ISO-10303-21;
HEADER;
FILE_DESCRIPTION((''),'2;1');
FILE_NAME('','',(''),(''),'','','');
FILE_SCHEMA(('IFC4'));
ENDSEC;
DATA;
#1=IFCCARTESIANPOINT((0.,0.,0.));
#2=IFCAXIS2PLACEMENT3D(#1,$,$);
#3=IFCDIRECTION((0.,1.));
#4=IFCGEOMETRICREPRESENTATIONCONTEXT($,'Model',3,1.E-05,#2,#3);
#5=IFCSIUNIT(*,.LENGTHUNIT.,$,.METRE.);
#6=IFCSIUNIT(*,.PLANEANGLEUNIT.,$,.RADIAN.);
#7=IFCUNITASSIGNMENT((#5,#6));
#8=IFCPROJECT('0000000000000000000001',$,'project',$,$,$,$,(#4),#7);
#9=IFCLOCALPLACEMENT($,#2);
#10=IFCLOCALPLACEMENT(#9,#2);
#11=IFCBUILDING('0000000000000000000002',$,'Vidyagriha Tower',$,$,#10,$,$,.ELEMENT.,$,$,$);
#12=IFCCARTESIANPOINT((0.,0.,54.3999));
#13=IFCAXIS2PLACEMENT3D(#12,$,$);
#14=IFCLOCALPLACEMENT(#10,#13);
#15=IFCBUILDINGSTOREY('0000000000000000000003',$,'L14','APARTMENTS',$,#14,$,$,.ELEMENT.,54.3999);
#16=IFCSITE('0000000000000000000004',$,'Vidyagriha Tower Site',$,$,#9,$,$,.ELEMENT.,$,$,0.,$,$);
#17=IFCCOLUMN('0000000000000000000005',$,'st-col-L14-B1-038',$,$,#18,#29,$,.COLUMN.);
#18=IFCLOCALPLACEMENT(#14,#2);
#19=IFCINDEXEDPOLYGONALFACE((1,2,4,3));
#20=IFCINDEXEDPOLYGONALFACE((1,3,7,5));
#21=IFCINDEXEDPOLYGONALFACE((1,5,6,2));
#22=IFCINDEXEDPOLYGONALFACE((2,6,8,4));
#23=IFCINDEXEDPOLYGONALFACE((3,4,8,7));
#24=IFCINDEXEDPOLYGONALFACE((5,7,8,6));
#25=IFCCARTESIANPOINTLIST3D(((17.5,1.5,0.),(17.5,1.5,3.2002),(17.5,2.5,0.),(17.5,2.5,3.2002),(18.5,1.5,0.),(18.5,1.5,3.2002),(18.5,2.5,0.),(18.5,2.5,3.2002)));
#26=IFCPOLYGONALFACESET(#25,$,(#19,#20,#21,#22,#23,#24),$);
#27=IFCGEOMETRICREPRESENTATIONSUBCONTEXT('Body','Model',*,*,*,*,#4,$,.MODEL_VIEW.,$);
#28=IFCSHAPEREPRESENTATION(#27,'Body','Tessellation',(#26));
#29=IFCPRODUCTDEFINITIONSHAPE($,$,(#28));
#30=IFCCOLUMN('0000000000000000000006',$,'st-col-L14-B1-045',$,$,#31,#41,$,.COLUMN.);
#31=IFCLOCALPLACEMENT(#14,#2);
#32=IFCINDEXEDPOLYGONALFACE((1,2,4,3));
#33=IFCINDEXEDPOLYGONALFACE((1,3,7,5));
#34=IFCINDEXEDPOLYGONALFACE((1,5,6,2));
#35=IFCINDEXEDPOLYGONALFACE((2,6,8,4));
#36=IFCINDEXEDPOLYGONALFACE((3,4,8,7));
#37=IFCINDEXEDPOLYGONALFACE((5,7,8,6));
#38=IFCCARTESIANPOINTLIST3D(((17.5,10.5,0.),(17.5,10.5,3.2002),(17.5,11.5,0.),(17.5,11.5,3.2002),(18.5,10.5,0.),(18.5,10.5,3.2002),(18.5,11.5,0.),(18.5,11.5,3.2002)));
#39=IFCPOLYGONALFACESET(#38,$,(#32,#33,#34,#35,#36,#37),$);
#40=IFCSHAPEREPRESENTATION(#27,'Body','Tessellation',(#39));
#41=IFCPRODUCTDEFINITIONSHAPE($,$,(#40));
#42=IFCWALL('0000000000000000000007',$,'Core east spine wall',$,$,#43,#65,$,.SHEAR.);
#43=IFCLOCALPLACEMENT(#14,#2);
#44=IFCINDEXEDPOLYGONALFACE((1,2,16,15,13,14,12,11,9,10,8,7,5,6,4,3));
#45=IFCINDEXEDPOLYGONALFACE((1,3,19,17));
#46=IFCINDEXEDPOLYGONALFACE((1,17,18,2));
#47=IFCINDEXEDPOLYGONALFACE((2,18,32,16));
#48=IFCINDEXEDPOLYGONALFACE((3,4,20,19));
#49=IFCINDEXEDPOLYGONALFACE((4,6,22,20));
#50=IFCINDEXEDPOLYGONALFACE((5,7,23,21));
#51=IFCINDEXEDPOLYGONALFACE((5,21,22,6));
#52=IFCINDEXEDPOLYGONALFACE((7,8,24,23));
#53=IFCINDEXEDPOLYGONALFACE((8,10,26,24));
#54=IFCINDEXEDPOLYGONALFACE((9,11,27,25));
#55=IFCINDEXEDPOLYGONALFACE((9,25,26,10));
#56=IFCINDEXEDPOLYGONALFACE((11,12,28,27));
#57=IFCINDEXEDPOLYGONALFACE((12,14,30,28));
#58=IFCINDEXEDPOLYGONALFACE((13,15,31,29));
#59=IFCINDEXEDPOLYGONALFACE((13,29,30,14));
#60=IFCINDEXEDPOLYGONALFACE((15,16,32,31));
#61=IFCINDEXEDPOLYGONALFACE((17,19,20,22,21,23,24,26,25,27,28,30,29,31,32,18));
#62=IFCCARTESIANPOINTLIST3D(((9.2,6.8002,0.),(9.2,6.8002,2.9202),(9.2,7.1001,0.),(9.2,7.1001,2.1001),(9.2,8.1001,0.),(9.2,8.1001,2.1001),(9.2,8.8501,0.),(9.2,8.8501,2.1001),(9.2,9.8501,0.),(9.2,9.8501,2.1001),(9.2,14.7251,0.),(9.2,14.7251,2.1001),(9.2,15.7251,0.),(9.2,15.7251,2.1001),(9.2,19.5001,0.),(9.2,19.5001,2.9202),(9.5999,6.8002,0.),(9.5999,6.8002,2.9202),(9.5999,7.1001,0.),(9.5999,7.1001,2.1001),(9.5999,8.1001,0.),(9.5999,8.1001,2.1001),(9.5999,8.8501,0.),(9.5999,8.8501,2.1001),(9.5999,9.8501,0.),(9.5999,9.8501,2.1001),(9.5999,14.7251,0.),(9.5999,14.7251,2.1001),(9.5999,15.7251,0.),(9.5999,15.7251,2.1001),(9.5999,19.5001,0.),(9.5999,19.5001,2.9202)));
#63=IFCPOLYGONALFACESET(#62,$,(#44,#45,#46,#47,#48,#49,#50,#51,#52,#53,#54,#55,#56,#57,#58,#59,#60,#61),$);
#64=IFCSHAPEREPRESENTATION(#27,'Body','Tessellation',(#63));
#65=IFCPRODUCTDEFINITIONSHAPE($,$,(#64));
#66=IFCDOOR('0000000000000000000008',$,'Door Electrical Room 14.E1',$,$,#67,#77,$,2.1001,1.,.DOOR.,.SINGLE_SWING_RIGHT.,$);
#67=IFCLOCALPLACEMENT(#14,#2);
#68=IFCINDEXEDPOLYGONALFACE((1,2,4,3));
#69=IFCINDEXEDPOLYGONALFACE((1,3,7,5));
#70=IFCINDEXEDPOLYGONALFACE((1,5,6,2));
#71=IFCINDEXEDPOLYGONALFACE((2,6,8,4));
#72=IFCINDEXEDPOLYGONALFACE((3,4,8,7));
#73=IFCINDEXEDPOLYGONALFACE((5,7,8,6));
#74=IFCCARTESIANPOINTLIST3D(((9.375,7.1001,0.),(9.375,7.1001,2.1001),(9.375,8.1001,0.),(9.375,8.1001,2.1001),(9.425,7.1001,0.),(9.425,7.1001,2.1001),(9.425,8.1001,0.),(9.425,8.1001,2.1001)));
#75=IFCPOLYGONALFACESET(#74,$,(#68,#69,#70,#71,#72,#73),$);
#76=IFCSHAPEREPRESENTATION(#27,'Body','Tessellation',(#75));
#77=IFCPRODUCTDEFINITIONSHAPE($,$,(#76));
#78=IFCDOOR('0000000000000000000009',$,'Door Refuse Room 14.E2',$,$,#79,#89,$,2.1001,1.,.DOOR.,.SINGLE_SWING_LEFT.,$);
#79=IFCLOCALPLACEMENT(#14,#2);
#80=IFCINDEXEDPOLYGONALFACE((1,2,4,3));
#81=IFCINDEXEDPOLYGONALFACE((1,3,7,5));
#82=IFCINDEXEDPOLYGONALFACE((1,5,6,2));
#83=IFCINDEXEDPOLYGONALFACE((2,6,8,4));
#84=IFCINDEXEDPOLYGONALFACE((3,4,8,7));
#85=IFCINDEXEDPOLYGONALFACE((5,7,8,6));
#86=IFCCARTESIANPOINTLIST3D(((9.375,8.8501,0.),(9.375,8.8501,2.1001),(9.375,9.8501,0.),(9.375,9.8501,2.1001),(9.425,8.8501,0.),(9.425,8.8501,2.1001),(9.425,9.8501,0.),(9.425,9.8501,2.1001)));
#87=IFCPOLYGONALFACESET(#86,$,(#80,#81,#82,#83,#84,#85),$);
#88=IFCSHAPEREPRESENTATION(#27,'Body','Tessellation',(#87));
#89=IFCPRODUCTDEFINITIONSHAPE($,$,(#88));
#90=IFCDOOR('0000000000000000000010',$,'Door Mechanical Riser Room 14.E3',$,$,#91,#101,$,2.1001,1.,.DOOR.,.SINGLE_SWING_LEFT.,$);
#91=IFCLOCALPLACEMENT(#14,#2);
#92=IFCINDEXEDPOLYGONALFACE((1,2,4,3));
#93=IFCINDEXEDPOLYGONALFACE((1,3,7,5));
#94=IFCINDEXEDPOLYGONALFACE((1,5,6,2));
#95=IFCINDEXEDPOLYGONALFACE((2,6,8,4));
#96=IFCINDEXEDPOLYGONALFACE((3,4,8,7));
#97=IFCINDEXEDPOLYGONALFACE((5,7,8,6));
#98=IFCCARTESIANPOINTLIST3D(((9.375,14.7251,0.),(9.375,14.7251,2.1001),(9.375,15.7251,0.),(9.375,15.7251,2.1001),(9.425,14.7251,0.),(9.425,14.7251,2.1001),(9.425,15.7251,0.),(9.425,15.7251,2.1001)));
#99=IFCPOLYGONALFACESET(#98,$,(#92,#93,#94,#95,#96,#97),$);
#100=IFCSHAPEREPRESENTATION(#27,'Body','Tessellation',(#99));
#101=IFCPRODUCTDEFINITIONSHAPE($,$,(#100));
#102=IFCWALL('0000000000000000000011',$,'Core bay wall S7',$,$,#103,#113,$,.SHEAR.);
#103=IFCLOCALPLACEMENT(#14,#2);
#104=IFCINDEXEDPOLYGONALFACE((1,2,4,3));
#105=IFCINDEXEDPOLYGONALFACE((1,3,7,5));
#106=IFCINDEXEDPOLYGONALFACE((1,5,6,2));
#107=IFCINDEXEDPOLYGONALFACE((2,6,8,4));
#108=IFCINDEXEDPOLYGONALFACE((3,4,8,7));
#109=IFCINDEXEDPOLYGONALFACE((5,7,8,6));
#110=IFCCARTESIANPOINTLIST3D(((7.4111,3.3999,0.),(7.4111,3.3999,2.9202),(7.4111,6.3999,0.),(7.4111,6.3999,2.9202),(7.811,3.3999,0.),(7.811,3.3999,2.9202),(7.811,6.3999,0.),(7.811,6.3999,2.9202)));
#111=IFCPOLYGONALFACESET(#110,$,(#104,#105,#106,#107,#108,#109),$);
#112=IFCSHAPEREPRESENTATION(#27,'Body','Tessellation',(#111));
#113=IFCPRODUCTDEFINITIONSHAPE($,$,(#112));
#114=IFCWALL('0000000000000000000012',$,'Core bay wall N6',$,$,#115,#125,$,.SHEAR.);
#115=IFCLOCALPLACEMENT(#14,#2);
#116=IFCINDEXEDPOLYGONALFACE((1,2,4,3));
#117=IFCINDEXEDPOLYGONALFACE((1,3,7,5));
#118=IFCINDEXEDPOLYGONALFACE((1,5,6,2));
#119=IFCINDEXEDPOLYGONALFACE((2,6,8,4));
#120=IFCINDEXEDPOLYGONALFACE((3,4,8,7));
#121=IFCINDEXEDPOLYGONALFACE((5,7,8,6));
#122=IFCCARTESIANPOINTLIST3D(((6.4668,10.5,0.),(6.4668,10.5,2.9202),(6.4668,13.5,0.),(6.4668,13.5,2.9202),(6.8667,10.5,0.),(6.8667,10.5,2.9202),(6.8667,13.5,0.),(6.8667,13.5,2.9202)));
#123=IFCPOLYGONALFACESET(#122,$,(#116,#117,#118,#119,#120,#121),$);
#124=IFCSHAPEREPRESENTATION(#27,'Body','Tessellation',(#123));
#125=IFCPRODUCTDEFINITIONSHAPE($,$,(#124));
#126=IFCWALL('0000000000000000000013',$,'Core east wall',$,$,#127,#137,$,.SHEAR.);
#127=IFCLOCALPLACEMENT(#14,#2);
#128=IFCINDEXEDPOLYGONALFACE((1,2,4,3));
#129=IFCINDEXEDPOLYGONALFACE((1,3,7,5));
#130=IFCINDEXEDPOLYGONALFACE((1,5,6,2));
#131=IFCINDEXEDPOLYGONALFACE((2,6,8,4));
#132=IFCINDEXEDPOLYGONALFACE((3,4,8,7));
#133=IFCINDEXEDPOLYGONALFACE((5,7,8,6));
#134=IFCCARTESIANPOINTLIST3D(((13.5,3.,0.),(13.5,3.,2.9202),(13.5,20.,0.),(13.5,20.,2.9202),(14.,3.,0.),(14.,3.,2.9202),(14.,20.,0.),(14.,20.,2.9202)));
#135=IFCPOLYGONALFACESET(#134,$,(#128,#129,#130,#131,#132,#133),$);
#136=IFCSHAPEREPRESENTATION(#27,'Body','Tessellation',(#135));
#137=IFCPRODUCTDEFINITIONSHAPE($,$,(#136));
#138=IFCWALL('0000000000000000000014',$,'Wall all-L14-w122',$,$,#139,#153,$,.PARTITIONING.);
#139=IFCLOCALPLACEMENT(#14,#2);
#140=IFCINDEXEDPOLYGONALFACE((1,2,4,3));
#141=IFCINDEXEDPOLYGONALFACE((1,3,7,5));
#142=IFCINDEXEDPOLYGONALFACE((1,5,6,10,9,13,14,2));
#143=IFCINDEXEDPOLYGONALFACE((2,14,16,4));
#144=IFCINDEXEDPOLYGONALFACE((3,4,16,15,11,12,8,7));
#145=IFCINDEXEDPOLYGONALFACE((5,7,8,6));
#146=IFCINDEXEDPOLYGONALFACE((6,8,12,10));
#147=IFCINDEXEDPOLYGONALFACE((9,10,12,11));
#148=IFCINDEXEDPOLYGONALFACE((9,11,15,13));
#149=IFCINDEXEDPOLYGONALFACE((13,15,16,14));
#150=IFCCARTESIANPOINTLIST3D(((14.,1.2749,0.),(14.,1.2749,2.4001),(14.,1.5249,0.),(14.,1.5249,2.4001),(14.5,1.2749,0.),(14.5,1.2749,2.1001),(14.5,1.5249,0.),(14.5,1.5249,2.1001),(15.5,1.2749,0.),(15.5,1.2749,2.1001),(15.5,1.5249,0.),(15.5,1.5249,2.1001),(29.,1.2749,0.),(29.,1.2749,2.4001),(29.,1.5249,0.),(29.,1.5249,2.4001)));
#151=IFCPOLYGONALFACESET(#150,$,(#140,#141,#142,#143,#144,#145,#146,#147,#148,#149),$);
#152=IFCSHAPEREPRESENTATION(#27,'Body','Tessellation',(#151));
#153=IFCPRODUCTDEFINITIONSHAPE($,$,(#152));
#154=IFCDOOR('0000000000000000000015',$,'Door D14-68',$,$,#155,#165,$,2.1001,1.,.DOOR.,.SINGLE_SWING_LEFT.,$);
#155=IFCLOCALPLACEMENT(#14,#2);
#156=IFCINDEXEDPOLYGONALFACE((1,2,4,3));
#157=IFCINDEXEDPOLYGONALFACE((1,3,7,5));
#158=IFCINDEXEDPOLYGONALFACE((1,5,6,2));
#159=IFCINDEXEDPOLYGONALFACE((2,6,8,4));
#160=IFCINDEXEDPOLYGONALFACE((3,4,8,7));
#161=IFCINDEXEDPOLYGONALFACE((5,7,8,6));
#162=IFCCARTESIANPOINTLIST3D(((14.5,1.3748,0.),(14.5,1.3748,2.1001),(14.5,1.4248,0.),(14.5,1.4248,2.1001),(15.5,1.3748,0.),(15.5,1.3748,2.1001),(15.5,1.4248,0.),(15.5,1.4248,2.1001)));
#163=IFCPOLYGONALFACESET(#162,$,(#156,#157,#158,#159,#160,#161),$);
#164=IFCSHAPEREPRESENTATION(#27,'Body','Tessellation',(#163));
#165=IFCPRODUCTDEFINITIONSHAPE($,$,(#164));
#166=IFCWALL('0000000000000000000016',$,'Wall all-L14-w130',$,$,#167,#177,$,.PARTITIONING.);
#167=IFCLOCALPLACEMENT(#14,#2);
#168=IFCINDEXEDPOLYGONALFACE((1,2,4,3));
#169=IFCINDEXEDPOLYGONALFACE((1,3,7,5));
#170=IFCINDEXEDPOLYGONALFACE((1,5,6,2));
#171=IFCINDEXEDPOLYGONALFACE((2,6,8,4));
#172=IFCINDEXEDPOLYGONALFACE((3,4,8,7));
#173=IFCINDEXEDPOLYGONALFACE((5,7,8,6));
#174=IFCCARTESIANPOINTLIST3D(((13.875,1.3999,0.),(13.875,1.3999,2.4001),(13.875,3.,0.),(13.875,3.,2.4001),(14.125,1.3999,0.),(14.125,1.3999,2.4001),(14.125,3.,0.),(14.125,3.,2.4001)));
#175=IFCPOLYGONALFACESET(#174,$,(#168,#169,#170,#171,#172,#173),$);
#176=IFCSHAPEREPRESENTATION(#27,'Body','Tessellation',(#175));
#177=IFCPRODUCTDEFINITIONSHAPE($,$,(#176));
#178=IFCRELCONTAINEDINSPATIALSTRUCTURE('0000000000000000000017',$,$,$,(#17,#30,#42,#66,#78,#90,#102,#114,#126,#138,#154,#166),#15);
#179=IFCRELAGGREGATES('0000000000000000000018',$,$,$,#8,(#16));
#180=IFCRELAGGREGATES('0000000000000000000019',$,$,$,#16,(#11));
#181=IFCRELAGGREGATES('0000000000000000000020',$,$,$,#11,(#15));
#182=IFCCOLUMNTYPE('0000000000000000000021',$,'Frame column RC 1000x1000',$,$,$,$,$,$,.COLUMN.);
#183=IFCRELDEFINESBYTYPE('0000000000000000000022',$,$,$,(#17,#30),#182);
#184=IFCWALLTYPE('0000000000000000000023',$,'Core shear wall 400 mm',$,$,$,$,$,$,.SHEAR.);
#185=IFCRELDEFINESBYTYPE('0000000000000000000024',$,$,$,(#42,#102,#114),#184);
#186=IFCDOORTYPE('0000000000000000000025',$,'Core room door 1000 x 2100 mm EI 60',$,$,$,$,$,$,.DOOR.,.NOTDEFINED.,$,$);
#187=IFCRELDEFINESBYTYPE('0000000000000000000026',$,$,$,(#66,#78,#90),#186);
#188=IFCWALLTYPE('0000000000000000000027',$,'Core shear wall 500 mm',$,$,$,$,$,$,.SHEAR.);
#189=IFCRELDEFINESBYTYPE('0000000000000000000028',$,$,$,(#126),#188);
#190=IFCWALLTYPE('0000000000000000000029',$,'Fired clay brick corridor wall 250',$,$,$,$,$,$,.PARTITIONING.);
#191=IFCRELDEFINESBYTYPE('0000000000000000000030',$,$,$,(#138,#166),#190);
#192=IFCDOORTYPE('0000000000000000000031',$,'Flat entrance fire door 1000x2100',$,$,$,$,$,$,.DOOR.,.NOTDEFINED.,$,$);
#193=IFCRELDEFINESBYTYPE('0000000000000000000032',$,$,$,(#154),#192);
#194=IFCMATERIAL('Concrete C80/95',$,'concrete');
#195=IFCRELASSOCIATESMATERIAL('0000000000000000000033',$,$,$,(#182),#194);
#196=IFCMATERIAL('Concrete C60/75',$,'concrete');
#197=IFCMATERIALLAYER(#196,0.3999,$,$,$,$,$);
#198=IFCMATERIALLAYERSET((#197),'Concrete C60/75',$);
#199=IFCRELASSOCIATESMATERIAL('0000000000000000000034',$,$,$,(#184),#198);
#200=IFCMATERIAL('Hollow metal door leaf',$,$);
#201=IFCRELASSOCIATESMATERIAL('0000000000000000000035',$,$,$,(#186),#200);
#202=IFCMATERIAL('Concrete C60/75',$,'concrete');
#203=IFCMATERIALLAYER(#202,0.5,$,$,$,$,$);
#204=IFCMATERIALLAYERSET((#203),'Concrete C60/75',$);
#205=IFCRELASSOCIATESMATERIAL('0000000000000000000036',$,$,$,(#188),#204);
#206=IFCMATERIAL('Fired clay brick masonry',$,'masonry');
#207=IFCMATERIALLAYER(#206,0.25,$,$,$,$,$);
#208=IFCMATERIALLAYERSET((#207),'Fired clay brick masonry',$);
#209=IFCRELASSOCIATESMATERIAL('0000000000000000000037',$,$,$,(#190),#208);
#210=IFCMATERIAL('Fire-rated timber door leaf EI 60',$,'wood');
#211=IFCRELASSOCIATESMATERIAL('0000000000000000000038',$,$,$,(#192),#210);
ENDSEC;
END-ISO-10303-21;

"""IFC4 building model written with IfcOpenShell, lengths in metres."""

from ifc_helpers import new_model, si_unit, direction, frame, frame_2d, origin, origin_2d, place, context, subcontext, project, spatial, rectangle, extrude, material, layer, layer_set, material_profile, profile_set, type_object, element, fill, save


model = new_model("IFC4")

# Units and contexts
model_context = context("Model", 3, precision=1e-05, world=origin(), true_north=direction((0.0, 1.0)))
body_context = subcontext(model_context, "Body", "Model", "MODEL_VIEW")
ifc_project = project(units=[si_unit("LENGTHUNIT", "METRE"), si_unit("PLANEANGLEUNIT", "RADIAN")], contexts=[model_context])

# Site, building, storey
site_placement = place(None, origin())
site = spatial("IfcSite", under=ifc_project, at=site_placement, Name="Vidyagriha Tower Site", CompositionType="ELEMENT", RefElevation=0.0)
building_placement = place(site_placement, origin())
building = spatial("IfcBuilding", under=site, at=building_placement, Name="Vidyagriha Tower", CompositionType="ELEMENT")
storey_placement = place(building_placement, frame((0.0, 0.0, 54.3999)))
storey = spatial("IfcBuildingStorey", under=building, at=storey_placement, Name="L14", Description="APARTMENTS", CompositionType="ELEMENT", Elevation=54.3999)

# Columns
ifc_material_1 = material(Name="Concrete C80/95", Category="concrete")
ifc_material_profile = material_profile(ifc_material_1, rectangle(XDim=1.0, YDim=1.0, at=origin_2d()), Name="RC 1000x1000")
ifc_profile_set = profile_set([ifc_material_profile], Name="Concrete C80/95")
column_type = type_object("IfcColumnType", Name="Frame column RC 1000x1000", PredefinedType="COLUMN", material=ifc_profile_set)
for number, where, name in (
    (1, (18.0, 2.0, 0.0), "st-col-L14-B1-038"),
    (2, (18.0, 11.0, 0.0), "st-col-L14-B1-045"),
):
    element("IfcColumn", number, at=place(storey_placement, frame(where)), inside=storey, type_object=column_type, Name=name, PredefinedType="COLUMN", context=body_context, shape_type="SweptSolid", body=[
        extrude(rectangle(XDim=1.0, YDim=1.0, at=origin_2d()), origin(), (0.0, 0.0, 1.0), 3.2002),
    ])

# Wall, openings, doors
ifc_material_2 = material(Name="Concrete C60/75", Category="concrete")
ifc_layer_1 = layer(ifc_material_2, 0.3999)
ifc_layer_set_1 = layer_set([ifc_layer_1], Name="Concrete C60/75")
wall_type_1 = type_object("IfcWallType", Name="Core shear wall 400 mm", PredefinedType="SHEAR", material=ifc_layer_set_1)
wall_1_placement = place(storey_placement, frame((9.3999, 6.8, 0.0), z_axis=(0.0, 0.0, 1.0), x_axis=(0.0, 1.0, 0.0)))
wall_1 = element("IfcWall", 3, at=wall_1_placement, inside=storey, type_object=wall_type_1, Name="Core east spine wall", PredefinedType="SHEAR", context=body_context, shape_type="SweptSolid", body=[
    extrude(rectangle(XDim=12.7, YDim=0.3999, at=frame_2d((6.3501, 0.0))), origin(), (0.0, 0.0, 1.0), 2.9202),
])
opening_1_placement = place(wall_1_placement, frame((0.3, 0.0, 0.0)))
opening_1 = element("IfcOpeningElement", 4, at=opening_1_placement, cuts=wall_1, PredefinedType="OPENING", context=body_context, shape_type="SweptSolid", body=[
    extrude(rectangle(XDim=1.0, YDim=2.1001, at=frame_2d((0.5, 1.05))), frame((0.0, 0.21, 0.0), z_axis=(0.0, -1.0, 0.0), x_axis=(1.0, 0.0, 0.0)), (0.0, 0.0, 1.0), 0.4199),
])
opening_2_placement = place(wall_1_placement, frame((2.05, 0.0, 0.0)))
opening_2 = element("IfcOpeningElement", 5, at=opening_2_placement, cuts=wall_1, PredefinedType="OPENING", context=body_context, shape_type="SweptSolid", body=[
    extrude(rectangle(XDim=1.0, YDim=2.1001, at=frame_2d((0.5, 1.05))), frame((0.0, 0.21, 0.0), z_axis=(0.0, -1.0, 0.0), x_axis=(1.0, 0.0, 0.0)), (0.0, 0.0, 1.0), 0.4199),
])
opening_3_placement = place(wall_1_placement, frame((7.925, 0.0, 0.0)))
opening_3 = element("IfcOpeningElement", 6, at=opening_3_placement, cuts=wall_1, PredefinedType="OPENING", context=body_context, shape_type="SweptSolid", body=[
    extrude(rectangle(XDim=1.0, YDim=2.1001, at=frame_2d((0.5, 1.05))), frame((0.0, 0.21, 0.0), z_axis=(0.0, -1.0, 0.0), x_axis=(1.0, 0.0, 0.0)), (0.0, 0.0, 1.0), 0.4199),
])
ifc_material_3 = material(Name="Hollow metal door leaf")
door_type_1 = type_object("IfcDoorType", Name="Core room door 1000 x 2100 mm EI 60", OperationType="NOTDEFINED", PredefinedType="DOOR", material=ifc_material_3)
door_1_placement = place(opening_1_placement, origin())
door_1 = element("IfcDoor", 7, at=door_1_placement, inside=storey, type_object=door_type_1, Name="Door Electrical Room 14.E1", OperationType="SINGLE_SWING_RIGHT", OverallHeight=2.1001, OverallWidth=1.0, PredefinedType="DOOR", context=body_context, shape_type="SweptSolid", body=[
    extrude(rectangle(XDim=1.0, YDim=2.1001, at=frame_2d((0.5, 1.05))), frame((0.0, 0.0249, 0.0), z_axis=(0.0, -1.0, 0.0), x_axis=(1.0, 0.0, 0.0)), (0.0, 0.0, 1.0), 0.05),
])
fill(opening_1, door_1)
door_2_placement = place(opening_2_placement, origin())
door_2 = element("IfcDoor", 8, at=door_2_placement, inside=storey, type_object=door_type_1, Name="Door Refuse Room 14.E2", OperationType="SINGLE_SWING_LEFT", OverallHeight=2.1001, OverallWidth=1.0, PredefinedType="DOOR", context=body_context, shape_type="SweptSolid", body=[
    extrude(rectangle(XDim=1.0, YDim=2.1001, at=frame_2d((0.5, 1.05))), frame((0.0, 0.0249, 0.0), z_axis=(0.0, -1.0, 0.0), x_axis=(1.0, 0.0, 0.0)), (0.0, 0.0, 1.0), 0.05),
])
fill(opening_2, door_2)
door_3_placement = place(opening_3_placement, origin())
door_3 = element("IfcDoor", 9, at=door_3_placement, inside=storey, type_object=door_type_1, Name="Door Mechanical Riser Room 14.E3", OperationType="SINGLE_SWING_LEFT", OverallHeight=2.1001, OverallWidth=1.0, PredefinedType="DOOR", context=body_context, shape_type="SweptSolid", body=[
    extrude(rectangle(XDim=1.0, YDim=2.1001, at=frame_2d((0.5, 1.05))), frame((0.0, 0.0249, 0.0), z_axis=(0.0, -1.0, 0.0), x_axis=(1.0, 0.0, 0.0)), (0.0, 0.0, 1.0), 0.05),
])
fill(opening_3, door_3)

# Walls
for number, where, z_axis, x_axis, name in (
    (10, (7.6111, 3.3999, 0.0), (0.0, 0.0, 1.0), (0.0, 1.0, 0.0), "Core bay wall S7"),
    (11, (6.6667, 10.5, 0.0), (0.0, 0.0, 1.0), (0.0, 1.0, 0.0), "Core bay wall N6"),
):
    element("IfcWall", number, at=place(storey_placement, frame(where, z_axis=z_axis, x_axis=x_axis)), inside=storey, type_object=wall_type_1, Name=name, PredefinedType="SHEAR", context=body_context, shape_type="SweptSolid", body=[
        extrude(rectangle(XDim=3.0, YDim=0.3999, at=frame_2d((1.5, 0.0))), origin(), (0.0, 0.0, 1.0), 2.9202),
    ])
ifc_material_4 = material(Name="Concrete C60/75", Category="concrete")
ifc_layer_2 = layer(ifc_material_4, 0.5)
ifc_layer_set_2 = layer_set([ifc_layer_2], Name="Concrete C60/75")
wall_type_2 = type_object("IfcWallType", Name="Core shear wall 500 mm", PredefinedType="SHEAR", material=ifc_layer_set_2)
wall_2_placement = place(storey_placement, frame((13.75, 3.0, 0.0), z_axis=(0.0, 0.0, 1.0), x_axis=(0.0, 1.0, 0.0)))
element("IfcWall", 12, at=wall_2_placement, inside=storey, type_object=wall_type_2, Name="Core east wall", PredefinedType="SHEAR", context=body_context, shape_type="SweptSolid", body=[
    extrude(rectangle(XDim=17.0, YDim=0.5, at=frame_2d((8.5, 0.0))), origin(), (0.0, 0.0, 1.0), 2.9202),
])

# Wall, opening, door
ifc_material_5 = material(Name="Fired clay brick masonry", Category="masonry")
ifc_layer_3 = layer(ifc_material_5, 0.25)
ifc_layer_set_3 = layer_set([ifc_layer_3], Name="Fired clay brick masonry")
wall_type_3 = type_object("IfcWallType", Name="Fired clay brick corridor wall 250", PredefinedType="PARTITIONING", material=ifc_layer_set_3)
wall_3_placement = place(storey_placement, frame((14.0, 1.3999, 0.0)))
wall_3 = element("IfcWall", 13, at=wall_3_placement, inside=storey, type_object=wall_type_3, Name="Wall all-L14-w122", PredefinedType="PARTITIONING", context=body_context, shape_type="SweptSolid", body=[
    extrude(rectangle(XDim=15.0, YDim=0.25, at=frame_2d((7.5, 0.0))), origin(), (0.0, 0.0, 1.0), 2.4001),
])
opening_4_placement = place(wall_3_placement, frame((0.5, 0.0, 0.0)))
opening_4 = element("IfcOpeningElement", 14, at=opening_4_placement, cuts=wall_3, PredefinedType="OPENING", context=body_context, shape_type="SweptSolid", body=[
    extrude(rectangle(XDim=1.0, YDim=2.1001, at=frame_2d((0.5, 1.05))), frame((0.0, 0.135, 0.0), z_axis=(0.0, -1.0, 0.0), x_axis=(1.0, 0.0, 0.0)), (0.0, 0.0, 1.0), 0.27),
])
ifc_material_6 = material(Name="Fire-rated timber door leaf EI 60", Category="wood")
door_type_2 = type_object("IfcDoorType", Name="Flat entrance fire door 1000x2100", OperationType="NOTDEFINED", PredefinedType="DOOR", material=ifc_material_6)
door_4_placement = place(opening_4_placement, origin())
door_4 = element("IfcDoor", 15, at=door_4_placement, inside=storey, type_object=door_type_2, Name="Door D14-68", OperationType="SINGLE_SWING_LEFT", OverallHeight=2.1001, OverallWidth=1.0, PredefinedType="DOOR", context=body_context, shape_type="SweptSolid", body=[
    extrude(rectangle(XDim=1.0, YDim=2.1001, at=frame_2d((0.5, 1.05))), frame((0.0, 0.0249, 0.0), z_axis=(0.0, -1.0, 0.0), x_axis=(1.0, 0.0, 0.0)), (0.0, 0.0, 1.0), 0.05),
])
fill(opening_4, door_4)

# Wall
wall_4_placement = place(storey_placement, frame((14.0, 1.3999, 0.0), z_axis=(0.0, 0.0, 1.0), x_axis=(0.0, 1.0, 0.0)))
element("IfcWall", 16, at=wall_4_placement, inside=storey, type_object=wall_type_3, Name="Wall all-L14-w130", PredefinedType="PARTITIONING", context=body_context, shape_type="SweptSolid", body=[
    extrude(rectangle(XDim=1.6001, YDim=0.25, at=frame_2d((0.8, 0.0))), origin(), (0.0, 0.0, 1.0), 2.4001),
])

save(model, "model.ifc")
